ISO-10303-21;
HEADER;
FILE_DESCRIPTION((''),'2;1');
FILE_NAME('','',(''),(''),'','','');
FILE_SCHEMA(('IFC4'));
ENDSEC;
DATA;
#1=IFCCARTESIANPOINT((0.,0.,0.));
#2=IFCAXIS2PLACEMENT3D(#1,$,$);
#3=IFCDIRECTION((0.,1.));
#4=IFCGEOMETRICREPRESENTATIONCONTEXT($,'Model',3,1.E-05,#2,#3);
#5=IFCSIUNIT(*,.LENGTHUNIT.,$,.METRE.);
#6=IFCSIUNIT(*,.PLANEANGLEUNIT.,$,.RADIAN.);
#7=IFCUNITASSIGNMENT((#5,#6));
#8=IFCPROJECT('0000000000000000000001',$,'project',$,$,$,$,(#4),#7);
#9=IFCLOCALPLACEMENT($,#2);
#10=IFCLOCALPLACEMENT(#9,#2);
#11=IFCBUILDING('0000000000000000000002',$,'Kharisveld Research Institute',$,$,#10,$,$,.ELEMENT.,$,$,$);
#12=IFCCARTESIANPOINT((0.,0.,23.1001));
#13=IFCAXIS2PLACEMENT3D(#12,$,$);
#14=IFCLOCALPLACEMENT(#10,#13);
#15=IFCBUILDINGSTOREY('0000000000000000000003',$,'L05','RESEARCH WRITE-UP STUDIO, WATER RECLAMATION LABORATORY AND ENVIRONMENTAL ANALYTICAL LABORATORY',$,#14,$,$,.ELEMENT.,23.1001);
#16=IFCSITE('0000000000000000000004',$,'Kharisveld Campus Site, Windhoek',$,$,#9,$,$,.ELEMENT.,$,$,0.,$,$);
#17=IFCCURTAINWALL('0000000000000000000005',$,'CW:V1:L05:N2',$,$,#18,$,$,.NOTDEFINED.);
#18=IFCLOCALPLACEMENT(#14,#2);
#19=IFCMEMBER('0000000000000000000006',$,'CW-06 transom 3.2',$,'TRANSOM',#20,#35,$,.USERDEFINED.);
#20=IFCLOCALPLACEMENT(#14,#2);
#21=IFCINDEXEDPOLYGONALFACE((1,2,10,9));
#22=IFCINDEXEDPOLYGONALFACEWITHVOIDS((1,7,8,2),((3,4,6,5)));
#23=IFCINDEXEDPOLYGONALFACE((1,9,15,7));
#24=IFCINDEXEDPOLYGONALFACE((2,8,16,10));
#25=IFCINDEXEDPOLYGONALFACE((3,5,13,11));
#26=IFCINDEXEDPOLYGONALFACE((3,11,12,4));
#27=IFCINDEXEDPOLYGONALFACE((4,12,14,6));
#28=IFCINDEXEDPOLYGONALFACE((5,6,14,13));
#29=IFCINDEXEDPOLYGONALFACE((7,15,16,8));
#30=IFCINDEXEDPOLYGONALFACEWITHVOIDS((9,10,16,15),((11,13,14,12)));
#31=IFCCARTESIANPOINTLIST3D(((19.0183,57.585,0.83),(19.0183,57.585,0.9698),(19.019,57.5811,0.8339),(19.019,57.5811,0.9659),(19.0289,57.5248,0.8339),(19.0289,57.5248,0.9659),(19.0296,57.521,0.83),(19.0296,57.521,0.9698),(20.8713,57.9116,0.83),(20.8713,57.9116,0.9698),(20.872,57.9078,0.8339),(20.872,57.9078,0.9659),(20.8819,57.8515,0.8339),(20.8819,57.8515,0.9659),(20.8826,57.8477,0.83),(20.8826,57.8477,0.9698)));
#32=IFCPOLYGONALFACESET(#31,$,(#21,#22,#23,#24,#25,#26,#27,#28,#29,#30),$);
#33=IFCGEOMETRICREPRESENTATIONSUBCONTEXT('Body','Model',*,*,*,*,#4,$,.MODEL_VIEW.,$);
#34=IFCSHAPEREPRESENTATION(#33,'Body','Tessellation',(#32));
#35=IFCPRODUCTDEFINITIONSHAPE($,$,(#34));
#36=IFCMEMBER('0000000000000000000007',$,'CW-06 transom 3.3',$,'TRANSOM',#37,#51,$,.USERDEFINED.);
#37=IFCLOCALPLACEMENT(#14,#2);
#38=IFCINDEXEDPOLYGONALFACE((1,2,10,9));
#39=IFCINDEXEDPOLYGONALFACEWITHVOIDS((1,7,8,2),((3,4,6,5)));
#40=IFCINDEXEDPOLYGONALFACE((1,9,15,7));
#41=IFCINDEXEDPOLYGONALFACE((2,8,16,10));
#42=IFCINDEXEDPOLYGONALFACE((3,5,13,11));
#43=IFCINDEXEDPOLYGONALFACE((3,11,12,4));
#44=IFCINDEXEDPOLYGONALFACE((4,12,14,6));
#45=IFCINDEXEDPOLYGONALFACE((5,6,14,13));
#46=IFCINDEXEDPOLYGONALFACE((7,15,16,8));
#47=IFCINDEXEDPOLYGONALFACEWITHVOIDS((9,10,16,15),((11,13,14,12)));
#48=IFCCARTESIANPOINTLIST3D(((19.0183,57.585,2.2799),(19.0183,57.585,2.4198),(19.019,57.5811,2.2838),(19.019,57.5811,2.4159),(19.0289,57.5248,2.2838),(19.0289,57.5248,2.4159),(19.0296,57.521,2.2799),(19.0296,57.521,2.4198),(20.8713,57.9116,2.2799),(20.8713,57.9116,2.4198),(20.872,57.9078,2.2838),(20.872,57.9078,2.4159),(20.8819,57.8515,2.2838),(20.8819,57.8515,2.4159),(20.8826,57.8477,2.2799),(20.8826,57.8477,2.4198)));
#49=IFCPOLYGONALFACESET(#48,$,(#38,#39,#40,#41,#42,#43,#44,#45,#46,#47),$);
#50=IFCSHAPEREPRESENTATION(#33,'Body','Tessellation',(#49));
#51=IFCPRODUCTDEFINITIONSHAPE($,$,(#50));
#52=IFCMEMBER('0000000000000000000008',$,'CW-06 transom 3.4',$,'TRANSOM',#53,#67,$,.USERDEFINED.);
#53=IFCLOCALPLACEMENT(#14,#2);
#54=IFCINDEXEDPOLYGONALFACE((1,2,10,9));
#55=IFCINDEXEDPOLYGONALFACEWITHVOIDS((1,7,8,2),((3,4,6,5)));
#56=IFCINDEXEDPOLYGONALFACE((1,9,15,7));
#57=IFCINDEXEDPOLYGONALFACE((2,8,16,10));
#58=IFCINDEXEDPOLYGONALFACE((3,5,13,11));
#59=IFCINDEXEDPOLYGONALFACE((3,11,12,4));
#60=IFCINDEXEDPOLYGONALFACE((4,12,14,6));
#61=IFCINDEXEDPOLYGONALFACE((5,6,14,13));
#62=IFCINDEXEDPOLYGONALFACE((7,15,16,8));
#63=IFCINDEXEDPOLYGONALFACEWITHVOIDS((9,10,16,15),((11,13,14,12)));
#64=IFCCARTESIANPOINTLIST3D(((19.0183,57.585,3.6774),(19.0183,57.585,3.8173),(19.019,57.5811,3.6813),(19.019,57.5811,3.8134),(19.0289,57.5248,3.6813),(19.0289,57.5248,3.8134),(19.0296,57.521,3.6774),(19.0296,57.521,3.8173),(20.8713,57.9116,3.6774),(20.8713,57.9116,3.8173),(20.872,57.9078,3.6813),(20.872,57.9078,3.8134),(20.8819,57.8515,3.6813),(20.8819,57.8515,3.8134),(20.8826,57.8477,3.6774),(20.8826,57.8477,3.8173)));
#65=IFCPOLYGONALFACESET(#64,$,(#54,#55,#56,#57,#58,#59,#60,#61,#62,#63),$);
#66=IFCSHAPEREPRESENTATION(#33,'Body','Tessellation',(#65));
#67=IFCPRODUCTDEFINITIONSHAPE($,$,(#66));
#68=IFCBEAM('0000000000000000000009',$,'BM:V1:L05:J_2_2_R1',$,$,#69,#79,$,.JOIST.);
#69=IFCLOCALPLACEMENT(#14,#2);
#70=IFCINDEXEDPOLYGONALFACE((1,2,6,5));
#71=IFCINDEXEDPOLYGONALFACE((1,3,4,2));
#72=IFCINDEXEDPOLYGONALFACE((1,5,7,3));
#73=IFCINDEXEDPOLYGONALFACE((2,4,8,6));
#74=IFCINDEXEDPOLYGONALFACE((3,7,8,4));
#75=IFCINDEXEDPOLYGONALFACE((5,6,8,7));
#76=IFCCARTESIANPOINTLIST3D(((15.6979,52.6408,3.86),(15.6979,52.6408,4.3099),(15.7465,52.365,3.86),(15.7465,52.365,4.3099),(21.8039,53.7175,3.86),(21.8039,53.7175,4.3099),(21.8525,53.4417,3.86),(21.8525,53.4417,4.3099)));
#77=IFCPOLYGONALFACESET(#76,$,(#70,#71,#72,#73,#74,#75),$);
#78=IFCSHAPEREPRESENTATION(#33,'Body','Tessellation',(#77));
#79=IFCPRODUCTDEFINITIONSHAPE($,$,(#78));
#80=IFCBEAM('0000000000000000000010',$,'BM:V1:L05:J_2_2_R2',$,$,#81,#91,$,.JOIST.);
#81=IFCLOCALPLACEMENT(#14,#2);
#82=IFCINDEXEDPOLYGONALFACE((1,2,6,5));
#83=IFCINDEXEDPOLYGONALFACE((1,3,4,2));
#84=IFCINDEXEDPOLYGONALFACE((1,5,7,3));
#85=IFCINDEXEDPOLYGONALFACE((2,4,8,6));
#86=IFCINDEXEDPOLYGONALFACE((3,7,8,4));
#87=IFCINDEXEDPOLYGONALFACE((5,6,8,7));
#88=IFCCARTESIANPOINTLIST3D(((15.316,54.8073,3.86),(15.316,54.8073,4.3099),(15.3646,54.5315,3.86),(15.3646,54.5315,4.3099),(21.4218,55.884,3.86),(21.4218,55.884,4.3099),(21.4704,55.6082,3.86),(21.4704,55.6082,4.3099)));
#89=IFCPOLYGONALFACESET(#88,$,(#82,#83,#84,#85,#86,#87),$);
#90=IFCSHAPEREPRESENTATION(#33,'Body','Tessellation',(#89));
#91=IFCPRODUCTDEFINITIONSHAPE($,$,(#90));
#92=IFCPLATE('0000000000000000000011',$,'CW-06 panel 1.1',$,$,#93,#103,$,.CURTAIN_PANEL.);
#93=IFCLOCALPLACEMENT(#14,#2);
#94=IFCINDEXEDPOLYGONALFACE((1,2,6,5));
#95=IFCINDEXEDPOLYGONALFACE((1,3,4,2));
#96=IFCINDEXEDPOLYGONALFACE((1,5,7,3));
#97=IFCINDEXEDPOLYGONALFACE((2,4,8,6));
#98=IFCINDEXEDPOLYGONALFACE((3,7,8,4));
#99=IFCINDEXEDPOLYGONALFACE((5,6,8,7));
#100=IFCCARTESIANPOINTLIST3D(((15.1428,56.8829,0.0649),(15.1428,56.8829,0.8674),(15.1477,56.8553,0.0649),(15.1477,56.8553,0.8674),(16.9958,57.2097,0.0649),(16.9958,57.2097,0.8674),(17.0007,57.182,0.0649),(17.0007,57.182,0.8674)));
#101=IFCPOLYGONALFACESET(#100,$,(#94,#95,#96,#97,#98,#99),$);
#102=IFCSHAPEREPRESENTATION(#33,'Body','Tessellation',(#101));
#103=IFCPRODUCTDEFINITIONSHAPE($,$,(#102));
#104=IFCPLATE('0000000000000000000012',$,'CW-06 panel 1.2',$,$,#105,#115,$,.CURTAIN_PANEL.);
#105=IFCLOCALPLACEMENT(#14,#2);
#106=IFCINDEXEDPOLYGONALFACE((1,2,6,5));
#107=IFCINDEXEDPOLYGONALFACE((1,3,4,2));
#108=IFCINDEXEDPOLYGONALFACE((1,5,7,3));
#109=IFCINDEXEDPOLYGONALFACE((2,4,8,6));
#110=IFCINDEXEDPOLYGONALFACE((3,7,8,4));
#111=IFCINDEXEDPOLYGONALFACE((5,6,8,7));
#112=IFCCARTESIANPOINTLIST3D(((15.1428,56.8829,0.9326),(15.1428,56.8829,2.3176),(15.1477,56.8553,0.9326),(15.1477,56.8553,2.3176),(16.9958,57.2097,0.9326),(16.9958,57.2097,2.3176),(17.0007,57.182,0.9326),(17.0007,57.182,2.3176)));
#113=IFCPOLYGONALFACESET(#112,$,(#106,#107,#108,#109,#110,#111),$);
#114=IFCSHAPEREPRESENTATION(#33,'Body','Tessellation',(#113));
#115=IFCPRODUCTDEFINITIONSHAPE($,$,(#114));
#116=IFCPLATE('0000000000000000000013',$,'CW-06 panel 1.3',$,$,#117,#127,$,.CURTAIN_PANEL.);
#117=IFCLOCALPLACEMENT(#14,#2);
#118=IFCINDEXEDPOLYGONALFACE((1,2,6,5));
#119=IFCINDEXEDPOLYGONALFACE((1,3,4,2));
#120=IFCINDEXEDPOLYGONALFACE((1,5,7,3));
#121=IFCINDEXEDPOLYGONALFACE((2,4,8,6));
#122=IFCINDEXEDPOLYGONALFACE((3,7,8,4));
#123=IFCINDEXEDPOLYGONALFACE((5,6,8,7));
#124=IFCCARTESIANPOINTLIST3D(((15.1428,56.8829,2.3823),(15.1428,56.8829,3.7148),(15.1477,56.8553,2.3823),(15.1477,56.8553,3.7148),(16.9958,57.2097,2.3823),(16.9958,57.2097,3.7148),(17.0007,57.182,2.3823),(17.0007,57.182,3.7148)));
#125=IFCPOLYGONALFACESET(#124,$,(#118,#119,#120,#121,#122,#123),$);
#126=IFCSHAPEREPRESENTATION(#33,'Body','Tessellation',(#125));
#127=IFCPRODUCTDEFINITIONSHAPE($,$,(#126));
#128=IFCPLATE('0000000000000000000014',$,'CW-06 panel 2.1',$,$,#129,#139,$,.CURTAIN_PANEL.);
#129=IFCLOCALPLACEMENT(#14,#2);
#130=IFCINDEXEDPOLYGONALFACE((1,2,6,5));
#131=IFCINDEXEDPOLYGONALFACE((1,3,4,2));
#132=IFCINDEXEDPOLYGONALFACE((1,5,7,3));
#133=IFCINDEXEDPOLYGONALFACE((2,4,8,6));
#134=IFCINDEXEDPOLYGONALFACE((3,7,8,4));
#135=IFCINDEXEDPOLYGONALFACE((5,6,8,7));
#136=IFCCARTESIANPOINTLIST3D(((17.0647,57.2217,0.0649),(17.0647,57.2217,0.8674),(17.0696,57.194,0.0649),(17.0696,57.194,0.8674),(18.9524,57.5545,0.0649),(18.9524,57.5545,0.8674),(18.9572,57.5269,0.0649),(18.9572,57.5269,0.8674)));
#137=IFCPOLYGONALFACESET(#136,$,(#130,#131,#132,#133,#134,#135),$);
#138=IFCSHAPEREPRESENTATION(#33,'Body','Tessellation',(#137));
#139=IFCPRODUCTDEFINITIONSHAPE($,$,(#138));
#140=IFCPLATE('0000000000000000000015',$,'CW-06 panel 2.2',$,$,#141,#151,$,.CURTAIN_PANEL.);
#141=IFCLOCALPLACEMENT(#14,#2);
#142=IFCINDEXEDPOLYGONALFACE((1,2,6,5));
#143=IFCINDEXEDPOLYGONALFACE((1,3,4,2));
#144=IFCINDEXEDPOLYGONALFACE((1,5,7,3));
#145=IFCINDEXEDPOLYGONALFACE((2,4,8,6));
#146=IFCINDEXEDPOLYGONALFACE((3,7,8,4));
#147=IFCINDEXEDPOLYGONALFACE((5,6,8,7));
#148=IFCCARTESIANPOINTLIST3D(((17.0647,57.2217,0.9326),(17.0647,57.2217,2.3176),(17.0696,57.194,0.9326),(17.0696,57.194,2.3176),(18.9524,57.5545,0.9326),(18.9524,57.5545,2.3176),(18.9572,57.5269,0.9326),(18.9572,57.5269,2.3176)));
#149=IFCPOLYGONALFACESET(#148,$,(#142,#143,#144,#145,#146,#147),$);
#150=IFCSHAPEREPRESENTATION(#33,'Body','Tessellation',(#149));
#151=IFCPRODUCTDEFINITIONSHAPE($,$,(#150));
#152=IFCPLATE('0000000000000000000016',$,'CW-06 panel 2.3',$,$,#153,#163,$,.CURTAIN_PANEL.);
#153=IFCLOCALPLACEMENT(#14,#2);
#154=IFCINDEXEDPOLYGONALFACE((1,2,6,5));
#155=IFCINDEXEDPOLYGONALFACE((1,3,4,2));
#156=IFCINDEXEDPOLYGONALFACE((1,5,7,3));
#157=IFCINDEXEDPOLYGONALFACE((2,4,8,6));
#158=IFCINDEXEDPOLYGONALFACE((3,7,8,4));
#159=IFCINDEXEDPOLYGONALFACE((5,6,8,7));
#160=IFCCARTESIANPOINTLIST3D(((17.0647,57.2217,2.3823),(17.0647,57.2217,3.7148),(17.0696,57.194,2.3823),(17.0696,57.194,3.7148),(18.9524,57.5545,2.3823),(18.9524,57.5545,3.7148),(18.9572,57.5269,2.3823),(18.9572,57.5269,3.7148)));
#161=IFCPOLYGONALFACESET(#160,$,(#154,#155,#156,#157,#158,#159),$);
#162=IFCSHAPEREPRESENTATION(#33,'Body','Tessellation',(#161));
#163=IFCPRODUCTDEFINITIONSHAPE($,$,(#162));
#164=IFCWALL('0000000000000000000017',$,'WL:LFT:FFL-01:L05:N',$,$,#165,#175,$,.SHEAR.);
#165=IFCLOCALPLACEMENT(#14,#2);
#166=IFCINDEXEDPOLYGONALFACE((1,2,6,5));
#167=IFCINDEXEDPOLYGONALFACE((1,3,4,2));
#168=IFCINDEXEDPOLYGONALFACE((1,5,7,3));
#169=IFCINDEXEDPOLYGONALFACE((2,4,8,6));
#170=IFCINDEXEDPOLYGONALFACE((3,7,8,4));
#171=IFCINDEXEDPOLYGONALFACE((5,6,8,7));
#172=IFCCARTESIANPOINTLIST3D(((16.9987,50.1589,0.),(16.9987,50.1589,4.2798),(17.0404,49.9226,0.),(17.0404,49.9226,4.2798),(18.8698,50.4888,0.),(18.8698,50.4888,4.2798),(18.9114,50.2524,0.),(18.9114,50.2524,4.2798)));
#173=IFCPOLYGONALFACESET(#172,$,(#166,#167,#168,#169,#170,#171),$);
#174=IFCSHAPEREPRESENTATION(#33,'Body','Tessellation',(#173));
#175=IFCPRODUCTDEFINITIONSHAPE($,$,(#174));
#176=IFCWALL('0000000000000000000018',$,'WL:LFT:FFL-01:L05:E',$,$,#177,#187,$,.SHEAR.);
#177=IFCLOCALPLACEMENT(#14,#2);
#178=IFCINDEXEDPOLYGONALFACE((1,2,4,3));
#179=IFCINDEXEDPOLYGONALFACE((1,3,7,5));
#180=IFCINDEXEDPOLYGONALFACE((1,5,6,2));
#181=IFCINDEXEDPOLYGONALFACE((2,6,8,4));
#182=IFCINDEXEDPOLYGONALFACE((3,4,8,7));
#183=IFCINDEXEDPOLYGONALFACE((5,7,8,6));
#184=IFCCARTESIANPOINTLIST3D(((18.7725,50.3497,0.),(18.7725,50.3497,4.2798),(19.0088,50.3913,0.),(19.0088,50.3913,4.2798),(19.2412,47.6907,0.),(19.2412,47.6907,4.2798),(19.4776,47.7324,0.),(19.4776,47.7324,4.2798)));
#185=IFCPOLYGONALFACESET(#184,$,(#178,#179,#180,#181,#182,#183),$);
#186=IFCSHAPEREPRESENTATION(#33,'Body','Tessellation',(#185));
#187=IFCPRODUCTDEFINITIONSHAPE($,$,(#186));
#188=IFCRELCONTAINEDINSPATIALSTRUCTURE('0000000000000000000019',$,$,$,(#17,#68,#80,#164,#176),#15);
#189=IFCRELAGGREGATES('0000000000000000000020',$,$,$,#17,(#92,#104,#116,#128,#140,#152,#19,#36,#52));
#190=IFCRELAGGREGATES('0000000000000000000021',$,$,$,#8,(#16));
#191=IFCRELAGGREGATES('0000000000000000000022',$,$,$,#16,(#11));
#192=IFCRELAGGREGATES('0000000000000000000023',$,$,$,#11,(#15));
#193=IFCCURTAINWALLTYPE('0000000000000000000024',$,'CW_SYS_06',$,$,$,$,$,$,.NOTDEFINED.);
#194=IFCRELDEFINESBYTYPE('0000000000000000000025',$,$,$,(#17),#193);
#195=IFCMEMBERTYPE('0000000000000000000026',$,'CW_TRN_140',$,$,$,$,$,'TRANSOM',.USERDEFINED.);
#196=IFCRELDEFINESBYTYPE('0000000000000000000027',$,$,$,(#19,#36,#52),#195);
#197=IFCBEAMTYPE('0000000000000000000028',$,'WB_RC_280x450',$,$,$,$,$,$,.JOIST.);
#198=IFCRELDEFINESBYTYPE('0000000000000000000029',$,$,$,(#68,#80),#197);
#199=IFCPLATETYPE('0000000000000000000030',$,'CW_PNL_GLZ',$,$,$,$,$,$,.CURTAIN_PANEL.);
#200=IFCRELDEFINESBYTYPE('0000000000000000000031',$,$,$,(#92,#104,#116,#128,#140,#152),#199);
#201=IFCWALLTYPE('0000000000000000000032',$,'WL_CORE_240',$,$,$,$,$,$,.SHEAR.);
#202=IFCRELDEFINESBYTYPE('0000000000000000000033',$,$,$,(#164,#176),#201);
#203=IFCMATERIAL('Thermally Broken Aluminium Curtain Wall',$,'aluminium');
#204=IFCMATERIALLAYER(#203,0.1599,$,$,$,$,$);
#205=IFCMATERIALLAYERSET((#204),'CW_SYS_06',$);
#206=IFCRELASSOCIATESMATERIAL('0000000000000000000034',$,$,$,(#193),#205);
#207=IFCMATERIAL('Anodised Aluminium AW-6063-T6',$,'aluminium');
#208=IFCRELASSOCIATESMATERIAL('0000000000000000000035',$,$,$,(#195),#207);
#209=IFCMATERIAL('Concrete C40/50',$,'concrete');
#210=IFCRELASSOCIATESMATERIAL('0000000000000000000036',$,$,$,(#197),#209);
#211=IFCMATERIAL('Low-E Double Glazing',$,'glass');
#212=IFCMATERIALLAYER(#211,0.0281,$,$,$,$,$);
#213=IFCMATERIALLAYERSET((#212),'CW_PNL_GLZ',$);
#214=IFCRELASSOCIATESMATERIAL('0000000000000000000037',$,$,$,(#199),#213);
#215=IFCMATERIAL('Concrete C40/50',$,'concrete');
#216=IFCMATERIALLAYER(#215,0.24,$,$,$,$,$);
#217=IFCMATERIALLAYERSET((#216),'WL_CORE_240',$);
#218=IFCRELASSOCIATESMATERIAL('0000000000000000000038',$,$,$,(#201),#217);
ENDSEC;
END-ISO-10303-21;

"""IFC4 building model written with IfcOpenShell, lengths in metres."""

from ifc_helpers import new_model, si_unit, direction, frame, frame_2d, origin, origin_2d, place, context, subcontext, project, spatial, rectangle, hollow_rectangle, extrude, material, layer, layer_set, material_profile, profile_set, type_object, element, aggregate, save


model = new_model("IFC4")

# Units and contexts
model_context = context("Model", 3, precision=1e-05, world=origin(), true_north=direction((0.0, 1.0)))
body_context = subcontext(model_context, "Body", "Model", "MODEL_VIEW")
ifc_project = project(units=[si_unit("LENGTHUNIT", "METRE"), si_unit("PLANEANGLEUNIT", "RADIAN")], contexts=[model_context])

# Site, building, storey
site_placement = place(None, origin())
site = spatial("IfcSite", under=ifc_project, at=site_placement, Name="Kharisveld Campus Site, Windhoek", CompositionType="ELEMENT", RefElevation=0.0)
building_placement = place(site_placement, origin())
building = spatial("IfcBuilding", under=site, at=building_placement, Name="Kharisveld Research Institute", CompositionType="ELEMENT")
storey_placement = place(building_placement, frame((0.0, 0.0, 23.1001)))
storey = spatial("IfcBuildingStorey", under=building, at=storey_placement, Name="L05", Description="RESEARCH WRITE-UP STUDIO, WATER RECLAMATION LABORATORY AND ENVIRONMENTAL ANALYTICAL LABORATORY", CompositionType="ELEMENT", Elevation=23.1001)

# Curtain wall, members
ifc_material_1 = material(Name="Thermally Broken Aluminium Curtain Wall", Category="aluminium")
ifc_layer_1 = layer(ifc_material_1, 0.1599)
ifc_layer_set_1 = layer_set([ifc_layer_1], Name="CW_SYS_06")
curtain_wall_type = type_object("IfcCurtainWallType", Name="CW_SYS_06", PredefinedType="NOTDEFINED", material=ifc_layer_set_1)
curtain_wall_placement = place(storey_placement, origin())
curtain_wall = element("IfcCurtainWall", 1, at=curtain_wall_placement, inside=storey, type_object=curtain_wall_type, Name="CW:V1:L05:N2", PredefinedType="NOTDEFINED")
ifc_material_2 = material(Name="Anodised Aluminium AW-6063-T6", Category="aluminium")
ifc_material_profile_1 = material_profile(ifc_material_2, hollow_rectangle(XDim=0.0649, YDim=0.1399, WallThickness=0.0039, at=origin_2d()))
ifc_profile_set_1 = profile_set([ifc_material_profile_1], Name="Anodised Aluminium AW-6063-T6")
member_type_1 = type_object("IfcMemberType", Name="CW_TRN_140", ElementType="TRANSOM", PredefinedType="USERDEFINED", material=ifc_profile_set_1)
member_1_placement = place(storey_placement, frame((19.0239, 57.553, 0.8999), z_axis=(0.984815, 0.173608, 0.0), x_axis=(-0.173608, 0.984815, 0.0)))
member_1 = element("IfcMember", 2, at=member_1_placement, type_object=member_type_1, Name="CW-06 transom 3.2", ObjectType="TRANSOM", PredefinedType="USERDEFINED", context=body_context, shape_type="SweptSolid", body=[
    extrude(hollow_rectangle(XDim=0.0649, YDim=0.1399, WallThickness=0.0039, at=origin_2d()), origin(), (0.0, 0.0, 1.0), 1.8816),
])
member_2_placement = place(storey_placement, frame((19.0239, 57.553, 2.3499), z_axis=(0.984815, 0.173608, 0.0), x_axis=(-0.173608, 0.984815, 0.0)))
member_2 = element("IfcMember", 3, at=member_2_placement, type_object=member_type_1, Name="CW-06 transom 3.3", ObjectType="TRANSOM", PredefinedType="USERDEFINED", context=body_context, shape_type="SweptSolid", body=[
    extrude(hollow_rectangle(XDim=0.0649, YDim=0.1399, WallThickness=0.0039, at=origin_2d()), origin(), (0.0, 0.0, 1.0), 1.8816),
])
member_3_placement = place(storey_placement, frame((19.0239, 57.553, 3.7473), z_axis=(0.984815, 0.173608, 0.0), x_axis=(-0.173608, 0.984815, 0.0)))
member_3 = element("IfcMember", 4, at=member_3_placement, type_object=member_type_1, Name="CW-06 transom 3.4", ObjectType="TRANSOM", PredefinedType="USERDEFINED", context=body_context, shape_type="SweptSolid", body=[
    extrude(hollow_rectangle(XDim=0.0649, YDim=0.1399, WallThickness=0.0039, at=origin_2d()), origin(), (0.0, 0.0, 1.0), 1.8816),
])

# Beams
ifc_material_3 = material(Name="Concrete C40/50", Category="concrete")
ifc_material_profile_2 = material_profile(ifc_material_3, rectangle(XDim=0.28, YDim=0.45, at=origin_2d()))
ifc_profile_set_2 = profile_set([ifc_material_profile_2], Name="Concrete C40/50")
beam_type_1 = type_object("IfcBeamType", Name="WB_RC_280x450", PredefinedType="JOIST", material=ifc_profile_set_2)
beam_1_placement = place(storey_placement, frame((15.7222, 52.5029, 4.085), z_axis=(0.984807, 0.173651, 0.0), x_axis=(-0.173651, 0.984807, 0.0)))
element("IfcBeam", 5, at=beam_1_placement, inside=storey, type_object=beam_type_1, Name="BM:V1:L05:J_2_2_R1", PredefinedType="JOIST", context=body_context, shape_type="SweptSolid", body=[
    extrude(rectangle(XDim=0.28, YDim=0.45, at=origin_2d()), origin(), (0.0, 0.0, 1.0), 6.2002),
])
beam_2_placement = place(storey_placement, frame((15.3403, 54.6694, 4.085), z_axis=(0.984806, 0.173657, 0.0), x_axis=(-0.173657, 0.984806, 0.0)))
element("IfcBeam", 6, at=beam_2_placement, inside=storey, type_object=beam_type_1, Name="BM:V1:L05:J_2_2_R2", PredefinedType="JOIST", context=body_context, shape_type="SweptSolid", body=[
    extrude(rectangle(XDim=0.28, YDim=0.45, at=origin_2d()), origin(), (0.0, 0.0, 1.0), 6.2),
])

# Plates
ifc_material_4 = material(Name="Low-E Double Glazing", Category="glass")
ifc_layer_2 = layer(ifc_material_4, 0.0281)
ifc_layer_set_2 = layer_set([ifc_layer_2], Name="CW_PNL_GLZ")
plate_type = type_object("IfcPlateType", Name="CW_PNL_GLZ", PredefinedType="CURTAIN_PANEL", material=ifc_layer_set_2)
plate_1_placement = place(storey_placement, frame((16.0718, 57.0325, 0.0649), z_axis=(0.0, 0.0, 1.0), x_axis=(0.984808, 0.173648, 0.0)))
plate_1 = element("IfcPlate", 7, at=plate_1_placement, type_object=plate_type, Name="CW-06 panel 1.1", PredefinedType="CURTAIN_PANEL", context=body_context, shape_type="SweptSolid", body=[
    extrude(rectangle(XDim=1.8816, YDim=0.0281, at=origin_2d()), origin(), (0.0, 0.0, 1.0), 0.8025),
])
plate_2_placement = place(storey_placement, frame((16.0718, 57.0325, 0.9326), z_axis=(0.0, 0.0, 1.0), x_axis=(0.984808, 0.173648, 0.0)))
plate_2 = element("IfcPlate", 8, at=plate_2_placement, type_object=plate_type, Name="CW-06 panel 1.2", PredefinedType="CURTAIN_PANEL", context=body_context, shape_type="SweptSolid", body=[
    extrude(rectangle(XDim=1.8816, YDim=0.0281, at=origin_2d()), origin(), (0.0, 0.0, 1.0), 1.385),
])
plate_3_placement = place(storey_placement, frame((16.0718, 57.0325, 2.3823), z_axis=(0.0, 0.0, 1.0), x_axis=(0.984808, 0.173648, 0.0)))
plate_3 = element("IfcPlate", 9, at=plate_3_placement, type_object=plate_type, Name="CW-06 panel 1.3", PredefinedType="CURTAIN_PANEL", context=body_context, shape_type="SweptSolid", body=[
    extrude(rectangle(XDim=1.8816, YDim=0.0281, at=origin_2d()), origin(), (0.0, 0.0, 1.0), 1.3325),
])
plate_4_placement = place(storey_placement, frame((18.011, 57.3743, 0.0649), z_axis=(0.0, 0.0, 1.0), x_axis=(0.984808, 0.173648, 0.0)))
plate_4 = element("IfcPlate", 10, at=plate_4_placement, type_object=plate_type, Name="CW-06 panel 2.1", PredefinedType="CURTAIN_PANEL", context=body_context, shape_type="SweptSolid", body=[
    extrude(rectangle(XDim=1.9167, YDim=0.0281, at=origin_2d()), origin(), (0.0, 0.0, 1.0), 0.8025),
])
plate_5_placement = place(storey_placement, frame((18.011, 57.3743, 0.9326), z_axis=(0.0, 0.0, 1.0), x_axis=(0.984808, 0.173648, 0.0)))
plate_5 = element("IfcPlate", 11, at=plate_5_placement, type_object=plate_type, Name="CW-06 panel 2.2", PredefinedType="CURTAIN_PANEL", context=body_context, shape_type="SweptSolid", body=[
    extrude(rectangle(XDim=1.9167, YDim=0.0281, at=origin_2d()), origin(), (0.0, 0.0, 1.0), 1.385),
])
plate_6_placement = place(storey_placement, frame((18.011, 57.3743, 2.3823), z_axis=(0.0, 0.0, 1.0), x_axis=(0.984808, 0.173648, 0.0)))
plate_6 = element("IfcPlate", 12, at=plate_6_placement, type_object=plate_type, Name="CW-06 panel 2.3", PredefinedType="CURTAIN_PANEL", context=body_context, shape_type="SweptSolid", body=[
    extrude(rectangle(XDim=1.9167, YDim=0.0281, at=origin_2d()), origin(), (0.0, 0.0, 1.0), 1.3325),
])
aggregate(curtain_wall, [plate_1, plate_2, plate_3, plate_4, plate_5, plate_6, member_1, member_2, member_3])

# Walls
ifc_material_5 = material(Name="Concrete C40/50", Category="concrete")
ifc_layer_3 = layer(ifc_material_5, 0.24)
ifc_layer_set_3 = layer_set([ifc_layer_3], Name="WL_CORE_240")
wall_type_1 = type_object("IfcWallType", Name="WL_CORE_240", PredefinedType="SHEAR", material=ifc_layer_set_3)
wall_1_placement = place(storey_placement, frame((17.0195, 50.0408, 0.0), z_axis=(0.0, 0.0, 1.0), x_axis=(0.984816, 0.173602, 0.0)))
element("IfcWall", 13, at=wall_1_placement, inside=storey, type_object=wall_type_1, Name="WL:LFT:FFL-01:L05:N", PredefinedType="SHEAR", context=body_context, shape_type="SweptSolid", body=[
    extrude(rectangle(XDim=1.8999, YDim=0.24, at=frame_2d((0.95, 0.0))), origin(), (0.0, 0.0, 1.0), 4.2798),
])
wall_2_placement = place(storey_placement, frame((18.8906, 50.3706, 0.0), z_axis=(0.0, 0.0, 1.0), x_axis=(0.173615, -0.984814, 0.0)))
element("IfcWall", 14, at=wall_2_placement, inside=storey, type_object=wall_type_1, Name="WL:LFT:FFL-01:L05:E", PredefinedType="SHEAR", context=body_context, shape_type="SweptSolid", body=[
    extrude(rectangle(XDim=2.7, YDim=0.24, at=frame_2d((1.3501, 0.0))), origin(), (0.0, 0.0, 1.0), 4.2798),
])

save(model, "model.ifc")
